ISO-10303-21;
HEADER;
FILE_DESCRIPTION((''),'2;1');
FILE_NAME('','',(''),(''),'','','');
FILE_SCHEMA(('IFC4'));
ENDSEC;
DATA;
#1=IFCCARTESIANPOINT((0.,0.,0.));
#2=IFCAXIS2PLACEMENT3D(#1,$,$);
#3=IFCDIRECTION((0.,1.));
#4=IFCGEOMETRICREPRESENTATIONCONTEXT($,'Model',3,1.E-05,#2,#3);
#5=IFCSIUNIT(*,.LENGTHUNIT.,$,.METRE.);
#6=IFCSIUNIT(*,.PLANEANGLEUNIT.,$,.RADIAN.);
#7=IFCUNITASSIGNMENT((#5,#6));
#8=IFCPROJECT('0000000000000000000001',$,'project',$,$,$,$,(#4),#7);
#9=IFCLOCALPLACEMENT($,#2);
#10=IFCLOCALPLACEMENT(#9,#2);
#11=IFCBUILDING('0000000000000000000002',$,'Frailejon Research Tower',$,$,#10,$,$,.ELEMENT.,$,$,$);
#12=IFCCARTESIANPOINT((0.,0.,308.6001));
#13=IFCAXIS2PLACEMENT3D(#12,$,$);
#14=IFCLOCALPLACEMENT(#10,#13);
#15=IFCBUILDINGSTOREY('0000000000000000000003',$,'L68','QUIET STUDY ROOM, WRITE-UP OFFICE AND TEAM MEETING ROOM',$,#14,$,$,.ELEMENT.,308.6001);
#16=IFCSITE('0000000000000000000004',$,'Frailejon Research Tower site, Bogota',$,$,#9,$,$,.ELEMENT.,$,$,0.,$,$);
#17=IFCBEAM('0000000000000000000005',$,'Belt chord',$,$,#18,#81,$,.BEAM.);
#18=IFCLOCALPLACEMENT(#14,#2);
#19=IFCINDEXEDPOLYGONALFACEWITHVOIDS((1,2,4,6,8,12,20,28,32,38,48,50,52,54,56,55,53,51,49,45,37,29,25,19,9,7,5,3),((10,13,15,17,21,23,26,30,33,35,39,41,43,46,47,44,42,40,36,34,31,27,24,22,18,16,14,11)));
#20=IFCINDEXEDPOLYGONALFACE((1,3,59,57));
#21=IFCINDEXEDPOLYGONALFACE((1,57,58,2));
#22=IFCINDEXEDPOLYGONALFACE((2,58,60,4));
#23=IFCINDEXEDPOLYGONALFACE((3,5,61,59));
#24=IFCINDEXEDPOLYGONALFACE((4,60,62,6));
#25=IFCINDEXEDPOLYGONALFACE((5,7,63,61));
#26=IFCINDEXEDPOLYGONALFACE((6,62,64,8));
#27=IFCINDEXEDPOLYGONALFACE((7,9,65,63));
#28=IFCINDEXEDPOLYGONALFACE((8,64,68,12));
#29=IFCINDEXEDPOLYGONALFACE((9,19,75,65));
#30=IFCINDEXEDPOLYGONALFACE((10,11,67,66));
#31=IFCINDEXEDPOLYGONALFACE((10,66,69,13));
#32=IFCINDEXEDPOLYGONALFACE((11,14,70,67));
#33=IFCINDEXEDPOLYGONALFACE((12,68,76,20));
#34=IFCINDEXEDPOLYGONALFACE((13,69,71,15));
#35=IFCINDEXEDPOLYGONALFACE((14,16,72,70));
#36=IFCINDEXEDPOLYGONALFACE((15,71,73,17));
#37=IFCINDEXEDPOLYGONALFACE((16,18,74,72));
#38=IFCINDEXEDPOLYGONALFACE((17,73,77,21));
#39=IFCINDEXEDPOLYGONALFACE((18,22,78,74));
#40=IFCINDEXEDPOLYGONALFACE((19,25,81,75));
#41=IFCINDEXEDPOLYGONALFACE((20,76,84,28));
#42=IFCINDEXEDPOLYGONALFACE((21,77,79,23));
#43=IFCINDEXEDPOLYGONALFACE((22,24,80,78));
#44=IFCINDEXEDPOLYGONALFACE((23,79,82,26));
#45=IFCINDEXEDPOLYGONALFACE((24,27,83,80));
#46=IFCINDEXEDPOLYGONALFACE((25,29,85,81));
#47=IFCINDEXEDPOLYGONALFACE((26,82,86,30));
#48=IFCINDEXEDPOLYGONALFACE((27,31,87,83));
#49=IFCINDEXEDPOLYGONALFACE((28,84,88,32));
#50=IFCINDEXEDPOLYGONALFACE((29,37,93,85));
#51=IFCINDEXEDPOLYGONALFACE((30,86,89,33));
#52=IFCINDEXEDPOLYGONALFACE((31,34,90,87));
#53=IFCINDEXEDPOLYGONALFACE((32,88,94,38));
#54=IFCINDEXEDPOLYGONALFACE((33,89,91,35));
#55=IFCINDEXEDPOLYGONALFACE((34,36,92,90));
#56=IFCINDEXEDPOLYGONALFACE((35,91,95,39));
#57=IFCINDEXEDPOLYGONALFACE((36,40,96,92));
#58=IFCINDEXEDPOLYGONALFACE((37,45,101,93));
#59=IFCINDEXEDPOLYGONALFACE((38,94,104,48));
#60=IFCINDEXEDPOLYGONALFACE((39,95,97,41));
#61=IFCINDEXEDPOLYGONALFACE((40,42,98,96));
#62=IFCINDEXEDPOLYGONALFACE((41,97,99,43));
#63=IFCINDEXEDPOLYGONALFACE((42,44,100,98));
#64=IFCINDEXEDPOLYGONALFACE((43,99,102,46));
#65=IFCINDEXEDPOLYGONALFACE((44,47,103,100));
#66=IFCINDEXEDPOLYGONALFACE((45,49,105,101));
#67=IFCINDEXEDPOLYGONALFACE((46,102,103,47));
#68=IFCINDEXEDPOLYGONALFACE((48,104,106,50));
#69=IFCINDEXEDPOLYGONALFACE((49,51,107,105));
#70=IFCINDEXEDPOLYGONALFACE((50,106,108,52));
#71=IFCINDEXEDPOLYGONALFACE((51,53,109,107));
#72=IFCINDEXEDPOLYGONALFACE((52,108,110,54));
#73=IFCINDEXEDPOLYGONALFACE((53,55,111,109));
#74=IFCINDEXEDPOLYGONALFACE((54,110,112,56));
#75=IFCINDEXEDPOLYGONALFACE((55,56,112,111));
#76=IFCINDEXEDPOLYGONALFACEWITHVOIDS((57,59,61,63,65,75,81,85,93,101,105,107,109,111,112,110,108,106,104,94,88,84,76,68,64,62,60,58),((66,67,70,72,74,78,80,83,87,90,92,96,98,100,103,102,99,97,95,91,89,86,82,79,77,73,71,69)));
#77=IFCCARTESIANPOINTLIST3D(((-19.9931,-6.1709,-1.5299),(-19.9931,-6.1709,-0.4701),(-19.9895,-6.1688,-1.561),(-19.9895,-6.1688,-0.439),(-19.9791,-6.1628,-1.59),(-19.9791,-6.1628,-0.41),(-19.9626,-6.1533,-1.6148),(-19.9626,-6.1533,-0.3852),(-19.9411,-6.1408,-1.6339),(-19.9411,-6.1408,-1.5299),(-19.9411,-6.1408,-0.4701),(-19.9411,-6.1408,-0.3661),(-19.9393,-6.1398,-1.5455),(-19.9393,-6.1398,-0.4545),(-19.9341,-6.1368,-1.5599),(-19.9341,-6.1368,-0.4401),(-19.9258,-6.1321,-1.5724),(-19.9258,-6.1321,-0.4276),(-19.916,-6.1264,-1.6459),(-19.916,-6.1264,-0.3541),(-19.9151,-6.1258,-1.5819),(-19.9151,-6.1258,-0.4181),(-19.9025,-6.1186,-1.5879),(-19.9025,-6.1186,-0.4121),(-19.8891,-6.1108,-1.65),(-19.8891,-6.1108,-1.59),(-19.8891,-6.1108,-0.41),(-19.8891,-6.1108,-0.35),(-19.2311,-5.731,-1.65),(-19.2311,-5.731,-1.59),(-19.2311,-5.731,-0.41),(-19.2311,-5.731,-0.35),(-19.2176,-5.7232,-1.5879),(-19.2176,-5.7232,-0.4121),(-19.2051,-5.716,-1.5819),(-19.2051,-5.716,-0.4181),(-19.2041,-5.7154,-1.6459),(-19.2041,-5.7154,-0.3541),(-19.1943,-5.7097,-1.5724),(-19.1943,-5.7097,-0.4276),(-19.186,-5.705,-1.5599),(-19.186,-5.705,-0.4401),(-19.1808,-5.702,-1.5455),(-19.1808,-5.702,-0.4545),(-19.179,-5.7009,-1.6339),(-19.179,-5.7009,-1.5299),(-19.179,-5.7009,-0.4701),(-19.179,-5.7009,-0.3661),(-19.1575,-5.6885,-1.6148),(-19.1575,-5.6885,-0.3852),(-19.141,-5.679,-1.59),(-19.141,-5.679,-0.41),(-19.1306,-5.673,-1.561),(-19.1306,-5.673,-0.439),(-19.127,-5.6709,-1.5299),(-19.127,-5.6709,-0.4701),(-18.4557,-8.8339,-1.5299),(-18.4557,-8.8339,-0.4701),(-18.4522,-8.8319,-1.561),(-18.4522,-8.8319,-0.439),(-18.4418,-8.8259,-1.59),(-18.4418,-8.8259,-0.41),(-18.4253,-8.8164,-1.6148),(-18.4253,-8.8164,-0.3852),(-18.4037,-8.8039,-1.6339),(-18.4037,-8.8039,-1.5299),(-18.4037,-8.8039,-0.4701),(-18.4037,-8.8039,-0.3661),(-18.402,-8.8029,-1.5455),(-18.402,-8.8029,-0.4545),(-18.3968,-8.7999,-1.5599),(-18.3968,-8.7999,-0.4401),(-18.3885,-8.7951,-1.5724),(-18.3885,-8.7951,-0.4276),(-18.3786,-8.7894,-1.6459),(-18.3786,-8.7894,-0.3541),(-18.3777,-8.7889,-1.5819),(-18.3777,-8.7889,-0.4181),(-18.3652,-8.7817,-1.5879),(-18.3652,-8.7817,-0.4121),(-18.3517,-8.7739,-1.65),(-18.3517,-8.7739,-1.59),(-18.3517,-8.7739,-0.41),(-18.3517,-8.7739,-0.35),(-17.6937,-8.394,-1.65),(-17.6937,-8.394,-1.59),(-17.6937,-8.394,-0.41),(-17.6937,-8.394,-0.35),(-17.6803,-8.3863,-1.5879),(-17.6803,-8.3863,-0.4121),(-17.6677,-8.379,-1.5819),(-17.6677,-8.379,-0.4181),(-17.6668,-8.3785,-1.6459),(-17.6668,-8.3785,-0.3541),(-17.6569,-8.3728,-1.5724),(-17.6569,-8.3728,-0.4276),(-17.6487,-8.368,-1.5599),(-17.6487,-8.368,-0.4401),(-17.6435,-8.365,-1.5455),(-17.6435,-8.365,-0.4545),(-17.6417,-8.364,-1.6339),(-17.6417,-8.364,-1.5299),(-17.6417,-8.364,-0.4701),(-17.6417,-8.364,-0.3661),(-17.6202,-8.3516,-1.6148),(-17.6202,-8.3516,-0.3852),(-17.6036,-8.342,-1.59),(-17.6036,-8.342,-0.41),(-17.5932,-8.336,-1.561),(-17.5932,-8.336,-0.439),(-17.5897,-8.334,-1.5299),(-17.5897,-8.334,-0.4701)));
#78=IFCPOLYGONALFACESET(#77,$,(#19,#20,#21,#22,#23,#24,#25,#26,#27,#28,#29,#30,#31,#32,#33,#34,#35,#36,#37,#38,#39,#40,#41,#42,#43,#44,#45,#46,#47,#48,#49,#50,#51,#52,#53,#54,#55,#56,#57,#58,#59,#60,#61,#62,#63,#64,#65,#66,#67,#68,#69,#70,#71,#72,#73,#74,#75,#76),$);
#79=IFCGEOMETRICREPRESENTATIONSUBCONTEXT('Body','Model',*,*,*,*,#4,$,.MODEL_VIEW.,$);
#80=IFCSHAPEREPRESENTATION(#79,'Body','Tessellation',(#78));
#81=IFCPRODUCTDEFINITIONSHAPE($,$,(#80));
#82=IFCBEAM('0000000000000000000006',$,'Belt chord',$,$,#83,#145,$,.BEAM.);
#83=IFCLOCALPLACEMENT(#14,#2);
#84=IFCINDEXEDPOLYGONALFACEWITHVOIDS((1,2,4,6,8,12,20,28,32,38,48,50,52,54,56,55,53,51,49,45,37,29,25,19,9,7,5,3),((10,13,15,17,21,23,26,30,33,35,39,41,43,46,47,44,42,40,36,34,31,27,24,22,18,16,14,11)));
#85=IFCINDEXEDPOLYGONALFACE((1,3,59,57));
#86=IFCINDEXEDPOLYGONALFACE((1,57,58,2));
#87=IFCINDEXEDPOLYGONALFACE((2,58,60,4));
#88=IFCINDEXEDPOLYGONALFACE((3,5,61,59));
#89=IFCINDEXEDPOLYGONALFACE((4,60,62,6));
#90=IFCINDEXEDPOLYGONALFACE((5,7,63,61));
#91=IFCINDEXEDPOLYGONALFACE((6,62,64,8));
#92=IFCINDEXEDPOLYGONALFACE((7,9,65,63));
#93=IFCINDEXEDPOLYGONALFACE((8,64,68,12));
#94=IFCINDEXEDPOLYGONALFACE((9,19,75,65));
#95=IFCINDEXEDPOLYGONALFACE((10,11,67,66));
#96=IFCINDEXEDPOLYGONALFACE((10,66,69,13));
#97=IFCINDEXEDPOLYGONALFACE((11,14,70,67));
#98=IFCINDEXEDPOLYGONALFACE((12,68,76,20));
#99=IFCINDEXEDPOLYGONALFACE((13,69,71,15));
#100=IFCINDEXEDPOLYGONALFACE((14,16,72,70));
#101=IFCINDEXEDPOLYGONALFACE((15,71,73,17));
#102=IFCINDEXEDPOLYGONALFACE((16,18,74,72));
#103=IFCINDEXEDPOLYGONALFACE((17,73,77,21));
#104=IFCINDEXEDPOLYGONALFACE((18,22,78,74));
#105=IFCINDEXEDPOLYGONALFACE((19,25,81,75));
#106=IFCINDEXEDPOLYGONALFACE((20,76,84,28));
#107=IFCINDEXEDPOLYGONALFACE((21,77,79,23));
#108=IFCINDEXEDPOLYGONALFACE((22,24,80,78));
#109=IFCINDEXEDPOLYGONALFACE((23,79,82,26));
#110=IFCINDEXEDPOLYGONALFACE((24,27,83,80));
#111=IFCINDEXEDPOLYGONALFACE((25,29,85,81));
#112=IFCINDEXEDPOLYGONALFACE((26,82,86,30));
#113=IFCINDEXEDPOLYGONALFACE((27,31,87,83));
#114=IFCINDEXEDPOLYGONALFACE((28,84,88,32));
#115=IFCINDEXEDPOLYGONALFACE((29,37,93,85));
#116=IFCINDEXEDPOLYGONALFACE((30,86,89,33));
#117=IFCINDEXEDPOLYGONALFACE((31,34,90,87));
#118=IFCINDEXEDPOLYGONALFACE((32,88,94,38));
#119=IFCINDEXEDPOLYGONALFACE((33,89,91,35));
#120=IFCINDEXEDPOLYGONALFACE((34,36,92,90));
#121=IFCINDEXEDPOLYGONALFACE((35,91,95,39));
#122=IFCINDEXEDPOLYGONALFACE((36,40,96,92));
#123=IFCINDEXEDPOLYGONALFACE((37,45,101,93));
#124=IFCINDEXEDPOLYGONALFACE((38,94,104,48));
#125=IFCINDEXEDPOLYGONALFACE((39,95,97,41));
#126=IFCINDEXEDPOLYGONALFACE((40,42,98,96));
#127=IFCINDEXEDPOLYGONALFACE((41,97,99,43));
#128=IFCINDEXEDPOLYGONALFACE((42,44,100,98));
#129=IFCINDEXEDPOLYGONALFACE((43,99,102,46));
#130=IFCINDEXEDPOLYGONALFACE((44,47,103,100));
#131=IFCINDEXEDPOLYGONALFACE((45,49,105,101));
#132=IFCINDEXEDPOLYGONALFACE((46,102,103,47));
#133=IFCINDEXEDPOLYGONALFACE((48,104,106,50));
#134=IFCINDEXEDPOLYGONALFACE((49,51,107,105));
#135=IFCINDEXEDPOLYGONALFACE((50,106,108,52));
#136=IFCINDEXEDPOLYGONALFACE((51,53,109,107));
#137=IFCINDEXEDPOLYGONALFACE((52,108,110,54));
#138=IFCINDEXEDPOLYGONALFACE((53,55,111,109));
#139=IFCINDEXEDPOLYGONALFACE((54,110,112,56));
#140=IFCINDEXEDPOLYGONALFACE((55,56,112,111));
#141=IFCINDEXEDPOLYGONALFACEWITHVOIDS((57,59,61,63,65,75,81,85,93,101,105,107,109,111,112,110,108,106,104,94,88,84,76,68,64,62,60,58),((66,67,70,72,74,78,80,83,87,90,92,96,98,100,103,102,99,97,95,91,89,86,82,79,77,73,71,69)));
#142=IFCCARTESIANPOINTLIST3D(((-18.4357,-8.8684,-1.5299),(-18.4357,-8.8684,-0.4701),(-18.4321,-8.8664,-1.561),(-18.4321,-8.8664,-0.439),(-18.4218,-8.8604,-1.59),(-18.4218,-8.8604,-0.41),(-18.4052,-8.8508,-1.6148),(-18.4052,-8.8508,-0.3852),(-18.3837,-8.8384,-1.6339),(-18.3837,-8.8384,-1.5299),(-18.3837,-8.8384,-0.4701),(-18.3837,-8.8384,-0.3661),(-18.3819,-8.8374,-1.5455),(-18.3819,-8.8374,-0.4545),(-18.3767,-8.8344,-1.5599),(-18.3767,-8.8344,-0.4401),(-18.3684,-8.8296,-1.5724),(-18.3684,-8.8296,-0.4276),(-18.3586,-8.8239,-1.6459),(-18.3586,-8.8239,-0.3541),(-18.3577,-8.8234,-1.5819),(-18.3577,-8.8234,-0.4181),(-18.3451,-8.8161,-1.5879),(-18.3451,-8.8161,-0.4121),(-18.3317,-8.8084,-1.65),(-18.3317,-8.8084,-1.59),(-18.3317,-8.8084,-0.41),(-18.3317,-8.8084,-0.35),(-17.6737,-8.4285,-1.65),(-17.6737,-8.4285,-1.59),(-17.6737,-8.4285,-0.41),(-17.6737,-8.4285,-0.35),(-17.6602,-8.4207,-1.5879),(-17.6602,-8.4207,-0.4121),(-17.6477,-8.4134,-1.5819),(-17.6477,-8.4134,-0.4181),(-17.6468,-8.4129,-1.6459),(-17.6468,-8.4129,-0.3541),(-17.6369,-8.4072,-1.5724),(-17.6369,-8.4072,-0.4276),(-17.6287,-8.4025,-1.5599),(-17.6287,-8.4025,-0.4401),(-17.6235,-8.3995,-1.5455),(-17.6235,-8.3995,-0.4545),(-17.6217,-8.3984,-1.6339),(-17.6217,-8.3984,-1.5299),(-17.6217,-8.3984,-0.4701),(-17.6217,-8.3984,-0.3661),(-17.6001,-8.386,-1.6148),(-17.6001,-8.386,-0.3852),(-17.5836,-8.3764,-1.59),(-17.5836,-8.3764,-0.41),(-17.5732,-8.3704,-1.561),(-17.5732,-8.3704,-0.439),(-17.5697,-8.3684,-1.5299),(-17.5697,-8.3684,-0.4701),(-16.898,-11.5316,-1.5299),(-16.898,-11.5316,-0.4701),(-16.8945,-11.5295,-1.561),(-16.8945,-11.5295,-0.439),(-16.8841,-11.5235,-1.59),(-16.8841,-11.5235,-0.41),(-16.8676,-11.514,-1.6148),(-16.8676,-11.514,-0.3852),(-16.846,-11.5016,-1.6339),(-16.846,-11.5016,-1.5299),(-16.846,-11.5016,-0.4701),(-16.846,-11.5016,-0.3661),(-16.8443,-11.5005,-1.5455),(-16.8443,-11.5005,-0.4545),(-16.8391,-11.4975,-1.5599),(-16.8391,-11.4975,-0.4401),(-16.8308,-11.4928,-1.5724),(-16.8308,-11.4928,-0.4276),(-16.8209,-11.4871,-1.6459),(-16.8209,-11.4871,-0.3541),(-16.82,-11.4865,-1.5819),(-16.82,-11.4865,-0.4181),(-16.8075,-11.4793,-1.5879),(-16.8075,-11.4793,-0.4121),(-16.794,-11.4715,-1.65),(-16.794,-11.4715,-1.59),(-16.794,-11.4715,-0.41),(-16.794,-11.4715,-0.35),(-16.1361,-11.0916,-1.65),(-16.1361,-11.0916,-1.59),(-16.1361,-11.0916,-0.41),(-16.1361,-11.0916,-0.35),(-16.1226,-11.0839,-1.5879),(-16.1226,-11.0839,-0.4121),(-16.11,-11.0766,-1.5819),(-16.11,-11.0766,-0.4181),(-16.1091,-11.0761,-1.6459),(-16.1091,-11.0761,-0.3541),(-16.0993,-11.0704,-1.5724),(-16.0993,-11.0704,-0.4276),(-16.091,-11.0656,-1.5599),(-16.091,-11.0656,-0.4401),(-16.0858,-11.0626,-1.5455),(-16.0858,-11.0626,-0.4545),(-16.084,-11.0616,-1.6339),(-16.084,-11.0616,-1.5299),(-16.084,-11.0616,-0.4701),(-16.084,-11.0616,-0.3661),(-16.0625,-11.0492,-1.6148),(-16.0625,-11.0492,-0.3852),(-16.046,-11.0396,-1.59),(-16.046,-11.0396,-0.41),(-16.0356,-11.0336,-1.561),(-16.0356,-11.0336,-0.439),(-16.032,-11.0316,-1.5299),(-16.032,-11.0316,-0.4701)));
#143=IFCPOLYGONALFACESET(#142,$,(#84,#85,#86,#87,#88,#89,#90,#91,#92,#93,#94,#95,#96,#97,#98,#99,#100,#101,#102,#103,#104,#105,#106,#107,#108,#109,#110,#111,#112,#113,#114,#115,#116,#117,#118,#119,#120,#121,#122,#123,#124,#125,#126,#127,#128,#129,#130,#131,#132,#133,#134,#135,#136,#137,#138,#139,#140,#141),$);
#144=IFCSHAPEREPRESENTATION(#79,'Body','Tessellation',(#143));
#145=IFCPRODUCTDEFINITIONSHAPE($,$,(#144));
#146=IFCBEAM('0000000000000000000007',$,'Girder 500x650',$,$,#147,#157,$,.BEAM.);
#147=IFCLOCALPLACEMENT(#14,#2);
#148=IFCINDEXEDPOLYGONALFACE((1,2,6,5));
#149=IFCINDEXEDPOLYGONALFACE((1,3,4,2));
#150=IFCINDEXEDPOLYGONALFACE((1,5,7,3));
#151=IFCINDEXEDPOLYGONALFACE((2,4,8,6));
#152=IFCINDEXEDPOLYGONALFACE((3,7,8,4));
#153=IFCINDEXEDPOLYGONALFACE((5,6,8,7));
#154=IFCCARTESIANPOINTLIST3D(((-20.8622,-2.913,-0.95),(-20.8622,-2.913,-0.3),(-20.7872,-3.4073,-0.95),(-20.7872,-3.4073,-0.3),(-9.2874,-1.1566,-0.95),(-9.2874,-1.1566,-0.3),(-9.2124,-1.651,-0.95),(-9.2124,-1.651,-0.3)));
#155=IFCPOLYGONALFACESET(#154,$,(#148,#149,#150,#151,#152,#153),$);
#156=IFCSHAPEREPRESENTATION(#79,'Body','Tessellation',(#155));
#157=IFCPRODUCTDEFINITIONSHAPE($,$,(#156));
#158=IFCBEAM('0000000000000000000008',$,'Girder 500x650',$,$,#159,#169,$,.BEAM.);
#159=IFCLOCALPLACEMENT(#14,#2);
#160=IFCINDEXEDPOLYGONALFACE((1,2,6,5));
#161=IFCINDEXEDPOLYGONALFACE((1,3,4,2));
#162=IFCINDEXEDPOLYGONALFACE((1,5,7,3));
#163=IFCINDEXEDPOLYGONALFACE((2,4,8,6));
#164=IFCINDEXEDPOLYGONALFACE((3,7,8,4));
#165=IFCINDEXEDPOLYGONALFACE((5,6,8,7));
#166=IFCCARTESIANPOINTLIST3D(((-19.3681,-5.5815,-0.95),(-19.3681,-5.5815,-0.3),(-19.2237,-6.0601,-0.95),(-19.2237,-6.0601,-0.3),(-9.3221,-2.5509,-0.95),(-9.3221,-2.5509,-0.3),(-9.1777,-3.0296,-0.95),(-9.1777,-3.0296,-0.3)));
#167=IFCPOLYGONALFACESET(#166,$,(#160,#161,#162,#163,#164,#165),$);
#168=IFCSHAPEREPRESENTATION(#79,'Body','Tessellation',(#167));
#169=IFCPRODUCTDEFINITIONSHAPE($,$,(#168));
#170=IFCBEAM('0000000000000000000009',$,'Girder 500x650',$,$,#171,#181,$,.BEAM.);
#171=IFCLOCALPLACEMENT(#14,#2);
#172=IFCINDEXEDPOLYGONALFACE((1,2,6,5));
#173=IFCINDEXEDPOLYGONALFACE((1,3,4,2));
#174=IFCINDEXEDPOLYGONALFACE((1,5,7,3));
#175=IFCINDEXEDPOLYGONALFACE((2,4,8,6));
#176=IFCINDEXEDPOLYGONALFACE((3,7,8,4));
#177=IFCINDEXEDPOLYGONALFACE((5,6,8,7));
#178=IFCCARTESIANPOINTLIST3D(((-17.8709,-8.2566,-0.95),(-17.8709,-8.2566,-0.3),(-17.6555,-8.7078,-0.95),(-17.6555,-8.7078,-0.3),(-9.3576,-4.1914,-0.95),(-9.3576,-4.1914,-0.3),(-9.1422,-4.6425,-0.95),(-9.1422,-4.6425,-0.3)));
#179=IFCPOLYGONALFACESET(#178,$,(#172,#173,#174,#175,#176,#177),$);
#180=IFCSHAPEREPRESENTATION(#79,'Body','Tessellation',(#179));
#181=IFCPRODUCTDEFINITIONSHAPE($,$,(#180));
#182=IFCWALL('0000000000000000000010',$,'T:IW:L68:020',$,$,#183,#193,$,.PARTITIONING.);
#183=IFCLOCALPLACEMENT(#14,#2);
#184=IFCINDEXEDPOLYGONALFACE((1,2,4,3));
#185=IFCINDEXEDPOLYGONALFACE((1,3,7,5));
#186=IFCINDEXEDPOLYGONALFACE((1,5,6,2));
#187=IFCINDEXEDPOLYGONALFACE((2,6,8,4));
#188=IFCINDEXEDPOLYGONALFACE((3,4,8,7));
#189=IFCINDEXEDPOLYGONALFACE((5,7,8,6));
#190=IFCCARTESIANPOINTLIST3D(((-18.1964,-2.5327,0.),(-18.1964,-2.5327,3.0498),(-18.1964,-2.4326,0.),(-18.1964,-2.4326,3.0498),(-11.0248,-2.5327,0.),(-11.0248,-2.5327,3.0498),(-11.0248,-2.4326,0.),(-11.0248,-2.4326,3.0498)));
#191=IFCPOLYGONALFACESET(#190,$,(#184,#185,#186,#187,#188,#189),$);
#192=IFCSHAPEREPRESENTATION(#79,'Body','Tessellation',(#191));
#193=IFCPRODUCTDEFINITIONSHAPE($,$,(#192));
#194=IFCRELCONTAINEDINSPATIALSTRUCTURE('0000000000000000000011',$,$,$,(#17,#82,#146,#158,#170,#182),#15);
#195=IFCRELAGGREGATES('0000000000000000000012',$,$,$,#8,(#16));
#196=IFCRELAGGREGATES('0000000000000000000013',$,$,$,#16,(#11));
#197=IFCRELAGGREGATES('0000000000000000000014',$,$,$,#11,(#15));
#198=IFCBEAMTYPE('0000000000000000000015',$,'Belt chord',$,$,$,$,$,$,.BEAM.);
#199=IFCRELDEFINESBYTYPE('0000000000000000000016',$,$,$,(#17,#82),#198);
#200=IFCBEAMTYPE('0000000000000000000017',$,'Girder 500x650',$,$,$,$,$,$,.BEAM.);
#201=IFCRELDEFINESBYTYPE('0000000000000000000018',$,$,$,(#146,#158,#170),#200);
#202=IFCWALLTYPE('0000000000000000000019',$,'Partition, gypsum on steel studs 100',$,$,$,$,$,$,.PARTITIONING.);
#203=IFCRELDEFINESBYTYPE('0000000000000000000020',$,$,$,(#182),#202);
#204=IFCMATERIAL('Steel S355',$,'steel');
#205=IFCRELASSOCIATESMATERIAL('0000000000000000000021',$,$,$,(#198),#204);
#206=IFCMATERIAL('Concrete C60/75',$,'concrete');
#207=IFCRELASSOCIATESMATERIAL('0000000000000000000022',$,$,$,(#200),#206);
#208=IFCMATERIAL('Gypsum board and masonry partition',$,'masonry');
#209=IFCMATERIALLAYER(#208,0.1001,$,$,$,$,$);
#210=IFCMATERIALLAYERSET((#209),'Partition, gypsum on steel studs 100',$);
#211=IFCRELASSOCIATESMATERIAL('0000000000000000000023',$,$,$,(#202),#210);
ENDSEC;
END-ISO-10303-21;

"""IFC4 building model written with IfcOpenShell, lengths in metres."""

from ifc_helpers import new_model, si_unit, direction, frame, frame_2d, origin, origin_2d, place, context, subcontext, project, spatial, rectangle, hollow_rectangle, extrude, material, layer, layer_set, material_profile, profile_set, type_object, element, save


model = new_model("IFC4")

# Units and contexts
model_context = context("Model", 3, precision=1e-05, world=origin(), true_north=direction((0.0, 1.0)))
body_context = subcontext(model_context, "Body", "Model", "MODEL_VIEW")
ifc_project = project(units=[si_unit("LENGTHUNIT", "METRE"), si_unit("PLANEANGLEUNIT", "RADIAN")], contexts=[model_context])

# Site, building, storey
site_placement = place(None, origin())
site = spatial("IfcSite", under=ifc_project, at=site_placement, Name="Frailejon Research Tower site, Bogota", CompositionType="ELEMENT", RefElevation=0.0)
building_placement = place(site_placement, origin())
building = spatial("IfcBuilding", under=site, at=building_placement, Name="Frailejon Research Tower", CompositionType="ELEMENT")
storey_placement = place(building_placement, frame((0.0, 0.0, 308.6001)))
storey = spatial("IfcBuildingStorey", under=building, at=storey_placement, Name="L68", Description="QUIET STUDY ROOM, WRITE-UP OFFICE AND TEAM MEETING ROOM", CompositionType="ELEMENT", Elevation=308.6001)

# Beams
ifc_material_1 = material(Name="Steel S355", Category="steel")
ifc_material_profile_1 = material_profile(ifc_material_1, hollow_rectangle(XDim=1.0, YDim=1.3, WallThickness=0.0601, InnerFilletRadius=0.0601, OuterFilletRadius=0.1201, at=origin_2d()), Name="Belt chord")
ifc_profile_set_1 = profile_set([ifc_material_profile_1], Name="Steel S355")
beam_type_1 = type_object("IfcBeamType", Name="Belt chord", PredefinedType="BEAM", material=ifc_profile_set_1)
beam_1_placement = place(storey_placement, frame((-19.5601, -5.9209, -1.0), z_axis=(0.499956, -0.866051, 0.0), x_axis=(0.866051, 0.499956, 0.0)))
element("IfcBeam", 1, at=beam_1_placement, inside=storey, type_object=beam_type_1, Name="Belt chord", PredefinedType="BEAM", context=body_context, shape_type="SweptSolid", body=[
    extrude(hollow_rectangle(XDim=1.0, YDim=1.3, WallThickness=0.0601, InnerFilletRadius=0.0601, OuterFilletRadius=0.1201, at=origin_2d()), origin(), (0.0, 0.0, 1.0), 3.075),
])
beam_2_placement = place(storey_placement, frame((-18.0027, -8.6184, -1.0), z_axis=(0.500016, -0.866016, 0.0), x_axis=(0.866016, 0.500016, 0.0)))
element("IfcBeam", 2, at=beam_2_placement, inside=storey, type_object=beam_type_1, Name="Belt chord", PredefinedType="BEAM", context=body_context, shape_type="SweptSolid", body=[
    extrude(hollow_rectangle(XDim=1.0, YDim=1.3, WallThickness=0.0601, InnerFilletRadius=0.0601, OuterFilletRadius=0.1201, at=origin_2d()), origin(), (0.0, 0.0, 1.0), 3.0752),
])
ifc_material_2 = material(Name="Concrete C60/75", Category="concrete")
ifc_material_profile_2 = material_profile(ifc_material_2, rectangle(XDim=0.5, YDim=0.6499, at=origin_2d()), Name="Girder 500x650")
ifc_profile_set_2 = profile_set([ifc_material_profile_2], Name="Concrete C60/75")
beam_type_2 = type_object("IfcBeamType", Name="Girder 500x650", PredefinedType="BEAM", material=ifc_profile_set_2)
beam_3_placement = place(storey_placement, frame((-20.8247, -3.1602, -0.625), z_axis=(0.988683, 0.150023, 0.0), x_axis=(-0.150023, 0.988683, 0.0)))
element("IfcBeam", 3, at=beam_3_placement, inside=storey, type_object=beam_type_2, Name="Girder 500x650", PredefinedType="BEAM", context=body_context, shape_type="SweptSolid", body=[
    extrude(rectangle(XDim=0.5, YDim=0.6499, at=origin_2d()), origin(), (0.0, 0.0, 1.0), 11.7073),
])
beam_4_placement = place(storey_placement, frame((-19.2959, -5.8208, -0.625), z_axis=(0.957386, 0.288812, 0.0), x_axis=(-0.288812, 0.957386, 0.0)))
element("IfcBeam", 4, at=beam_4_placement, inside=storey, type_object=beam_type_2, Name="Girder 500x650", PredefinedType="BEAM", context=body_context, shape_type="SweptSolid", body=[
    extrude(rectangle(XDim=0.5, YDim=0.6499, at=origin_2d()), origin(), (0.0, 0.0, 1.0), 10.4932),
])
beam_5_placement = place(storey_placement, frame((-17.7632, -8.4822, -0.625), z_axis=(0.902396, 0.430909, 0.0), x_axis=(-0.430909, 0.902396, 0.0)))
element("IfcBeam", 5, at=beam_5_placement, inside=storey, type_object=beam_type_2, Name="Girder 500x650", PredefinedType="BEAM", context=body_context, shape_type="SweptSolid", body=[
    extrude(rectangle(XDim=0.5, YDim=0.6499, at=origin_2d()), origin(), (0.0, 0.0, 1.0), 9.4341),
])

# Wall
ifc_material_3 = material(Name="Gypsum board and masonry partition", Category="masonry")
ifc_layer_1 = layer(ifc_material_3, 0.1001)
ifc_layer_set_1 = layer_set([ifc_layer_1], Name="Partition, gypsum on steel studs 100")
wall_type_1 = type_object("IfcWallType", Name="Partition, gypsum on steel studs 100", PredefinedType="PARTITIONING", material=ifc_layer_set_1)
wall_1_placement = place(storey_placement, frame((-18.1965, -2.4827, 0.0), z_axis=(0.0, 0.0, 1.0), x_axis=(1.0, 0.0, 0.0)))
element("IfcWall", 6, at=wall_1_placement, inside=storey, type_object=wall_type_1, Name="T:IW:L68:020", PredefinedType="PARTITIONING", context=body_context, shape_type="SweptSolid", body=[
    extrude(rectangle(XDim=7.1716, YDim=0.1001, at=frame_2d((3.5859, 0.0))), origin(), (0.0, 0.0, 1.0), 3.0498),
])

save(model, "model.ifc")
